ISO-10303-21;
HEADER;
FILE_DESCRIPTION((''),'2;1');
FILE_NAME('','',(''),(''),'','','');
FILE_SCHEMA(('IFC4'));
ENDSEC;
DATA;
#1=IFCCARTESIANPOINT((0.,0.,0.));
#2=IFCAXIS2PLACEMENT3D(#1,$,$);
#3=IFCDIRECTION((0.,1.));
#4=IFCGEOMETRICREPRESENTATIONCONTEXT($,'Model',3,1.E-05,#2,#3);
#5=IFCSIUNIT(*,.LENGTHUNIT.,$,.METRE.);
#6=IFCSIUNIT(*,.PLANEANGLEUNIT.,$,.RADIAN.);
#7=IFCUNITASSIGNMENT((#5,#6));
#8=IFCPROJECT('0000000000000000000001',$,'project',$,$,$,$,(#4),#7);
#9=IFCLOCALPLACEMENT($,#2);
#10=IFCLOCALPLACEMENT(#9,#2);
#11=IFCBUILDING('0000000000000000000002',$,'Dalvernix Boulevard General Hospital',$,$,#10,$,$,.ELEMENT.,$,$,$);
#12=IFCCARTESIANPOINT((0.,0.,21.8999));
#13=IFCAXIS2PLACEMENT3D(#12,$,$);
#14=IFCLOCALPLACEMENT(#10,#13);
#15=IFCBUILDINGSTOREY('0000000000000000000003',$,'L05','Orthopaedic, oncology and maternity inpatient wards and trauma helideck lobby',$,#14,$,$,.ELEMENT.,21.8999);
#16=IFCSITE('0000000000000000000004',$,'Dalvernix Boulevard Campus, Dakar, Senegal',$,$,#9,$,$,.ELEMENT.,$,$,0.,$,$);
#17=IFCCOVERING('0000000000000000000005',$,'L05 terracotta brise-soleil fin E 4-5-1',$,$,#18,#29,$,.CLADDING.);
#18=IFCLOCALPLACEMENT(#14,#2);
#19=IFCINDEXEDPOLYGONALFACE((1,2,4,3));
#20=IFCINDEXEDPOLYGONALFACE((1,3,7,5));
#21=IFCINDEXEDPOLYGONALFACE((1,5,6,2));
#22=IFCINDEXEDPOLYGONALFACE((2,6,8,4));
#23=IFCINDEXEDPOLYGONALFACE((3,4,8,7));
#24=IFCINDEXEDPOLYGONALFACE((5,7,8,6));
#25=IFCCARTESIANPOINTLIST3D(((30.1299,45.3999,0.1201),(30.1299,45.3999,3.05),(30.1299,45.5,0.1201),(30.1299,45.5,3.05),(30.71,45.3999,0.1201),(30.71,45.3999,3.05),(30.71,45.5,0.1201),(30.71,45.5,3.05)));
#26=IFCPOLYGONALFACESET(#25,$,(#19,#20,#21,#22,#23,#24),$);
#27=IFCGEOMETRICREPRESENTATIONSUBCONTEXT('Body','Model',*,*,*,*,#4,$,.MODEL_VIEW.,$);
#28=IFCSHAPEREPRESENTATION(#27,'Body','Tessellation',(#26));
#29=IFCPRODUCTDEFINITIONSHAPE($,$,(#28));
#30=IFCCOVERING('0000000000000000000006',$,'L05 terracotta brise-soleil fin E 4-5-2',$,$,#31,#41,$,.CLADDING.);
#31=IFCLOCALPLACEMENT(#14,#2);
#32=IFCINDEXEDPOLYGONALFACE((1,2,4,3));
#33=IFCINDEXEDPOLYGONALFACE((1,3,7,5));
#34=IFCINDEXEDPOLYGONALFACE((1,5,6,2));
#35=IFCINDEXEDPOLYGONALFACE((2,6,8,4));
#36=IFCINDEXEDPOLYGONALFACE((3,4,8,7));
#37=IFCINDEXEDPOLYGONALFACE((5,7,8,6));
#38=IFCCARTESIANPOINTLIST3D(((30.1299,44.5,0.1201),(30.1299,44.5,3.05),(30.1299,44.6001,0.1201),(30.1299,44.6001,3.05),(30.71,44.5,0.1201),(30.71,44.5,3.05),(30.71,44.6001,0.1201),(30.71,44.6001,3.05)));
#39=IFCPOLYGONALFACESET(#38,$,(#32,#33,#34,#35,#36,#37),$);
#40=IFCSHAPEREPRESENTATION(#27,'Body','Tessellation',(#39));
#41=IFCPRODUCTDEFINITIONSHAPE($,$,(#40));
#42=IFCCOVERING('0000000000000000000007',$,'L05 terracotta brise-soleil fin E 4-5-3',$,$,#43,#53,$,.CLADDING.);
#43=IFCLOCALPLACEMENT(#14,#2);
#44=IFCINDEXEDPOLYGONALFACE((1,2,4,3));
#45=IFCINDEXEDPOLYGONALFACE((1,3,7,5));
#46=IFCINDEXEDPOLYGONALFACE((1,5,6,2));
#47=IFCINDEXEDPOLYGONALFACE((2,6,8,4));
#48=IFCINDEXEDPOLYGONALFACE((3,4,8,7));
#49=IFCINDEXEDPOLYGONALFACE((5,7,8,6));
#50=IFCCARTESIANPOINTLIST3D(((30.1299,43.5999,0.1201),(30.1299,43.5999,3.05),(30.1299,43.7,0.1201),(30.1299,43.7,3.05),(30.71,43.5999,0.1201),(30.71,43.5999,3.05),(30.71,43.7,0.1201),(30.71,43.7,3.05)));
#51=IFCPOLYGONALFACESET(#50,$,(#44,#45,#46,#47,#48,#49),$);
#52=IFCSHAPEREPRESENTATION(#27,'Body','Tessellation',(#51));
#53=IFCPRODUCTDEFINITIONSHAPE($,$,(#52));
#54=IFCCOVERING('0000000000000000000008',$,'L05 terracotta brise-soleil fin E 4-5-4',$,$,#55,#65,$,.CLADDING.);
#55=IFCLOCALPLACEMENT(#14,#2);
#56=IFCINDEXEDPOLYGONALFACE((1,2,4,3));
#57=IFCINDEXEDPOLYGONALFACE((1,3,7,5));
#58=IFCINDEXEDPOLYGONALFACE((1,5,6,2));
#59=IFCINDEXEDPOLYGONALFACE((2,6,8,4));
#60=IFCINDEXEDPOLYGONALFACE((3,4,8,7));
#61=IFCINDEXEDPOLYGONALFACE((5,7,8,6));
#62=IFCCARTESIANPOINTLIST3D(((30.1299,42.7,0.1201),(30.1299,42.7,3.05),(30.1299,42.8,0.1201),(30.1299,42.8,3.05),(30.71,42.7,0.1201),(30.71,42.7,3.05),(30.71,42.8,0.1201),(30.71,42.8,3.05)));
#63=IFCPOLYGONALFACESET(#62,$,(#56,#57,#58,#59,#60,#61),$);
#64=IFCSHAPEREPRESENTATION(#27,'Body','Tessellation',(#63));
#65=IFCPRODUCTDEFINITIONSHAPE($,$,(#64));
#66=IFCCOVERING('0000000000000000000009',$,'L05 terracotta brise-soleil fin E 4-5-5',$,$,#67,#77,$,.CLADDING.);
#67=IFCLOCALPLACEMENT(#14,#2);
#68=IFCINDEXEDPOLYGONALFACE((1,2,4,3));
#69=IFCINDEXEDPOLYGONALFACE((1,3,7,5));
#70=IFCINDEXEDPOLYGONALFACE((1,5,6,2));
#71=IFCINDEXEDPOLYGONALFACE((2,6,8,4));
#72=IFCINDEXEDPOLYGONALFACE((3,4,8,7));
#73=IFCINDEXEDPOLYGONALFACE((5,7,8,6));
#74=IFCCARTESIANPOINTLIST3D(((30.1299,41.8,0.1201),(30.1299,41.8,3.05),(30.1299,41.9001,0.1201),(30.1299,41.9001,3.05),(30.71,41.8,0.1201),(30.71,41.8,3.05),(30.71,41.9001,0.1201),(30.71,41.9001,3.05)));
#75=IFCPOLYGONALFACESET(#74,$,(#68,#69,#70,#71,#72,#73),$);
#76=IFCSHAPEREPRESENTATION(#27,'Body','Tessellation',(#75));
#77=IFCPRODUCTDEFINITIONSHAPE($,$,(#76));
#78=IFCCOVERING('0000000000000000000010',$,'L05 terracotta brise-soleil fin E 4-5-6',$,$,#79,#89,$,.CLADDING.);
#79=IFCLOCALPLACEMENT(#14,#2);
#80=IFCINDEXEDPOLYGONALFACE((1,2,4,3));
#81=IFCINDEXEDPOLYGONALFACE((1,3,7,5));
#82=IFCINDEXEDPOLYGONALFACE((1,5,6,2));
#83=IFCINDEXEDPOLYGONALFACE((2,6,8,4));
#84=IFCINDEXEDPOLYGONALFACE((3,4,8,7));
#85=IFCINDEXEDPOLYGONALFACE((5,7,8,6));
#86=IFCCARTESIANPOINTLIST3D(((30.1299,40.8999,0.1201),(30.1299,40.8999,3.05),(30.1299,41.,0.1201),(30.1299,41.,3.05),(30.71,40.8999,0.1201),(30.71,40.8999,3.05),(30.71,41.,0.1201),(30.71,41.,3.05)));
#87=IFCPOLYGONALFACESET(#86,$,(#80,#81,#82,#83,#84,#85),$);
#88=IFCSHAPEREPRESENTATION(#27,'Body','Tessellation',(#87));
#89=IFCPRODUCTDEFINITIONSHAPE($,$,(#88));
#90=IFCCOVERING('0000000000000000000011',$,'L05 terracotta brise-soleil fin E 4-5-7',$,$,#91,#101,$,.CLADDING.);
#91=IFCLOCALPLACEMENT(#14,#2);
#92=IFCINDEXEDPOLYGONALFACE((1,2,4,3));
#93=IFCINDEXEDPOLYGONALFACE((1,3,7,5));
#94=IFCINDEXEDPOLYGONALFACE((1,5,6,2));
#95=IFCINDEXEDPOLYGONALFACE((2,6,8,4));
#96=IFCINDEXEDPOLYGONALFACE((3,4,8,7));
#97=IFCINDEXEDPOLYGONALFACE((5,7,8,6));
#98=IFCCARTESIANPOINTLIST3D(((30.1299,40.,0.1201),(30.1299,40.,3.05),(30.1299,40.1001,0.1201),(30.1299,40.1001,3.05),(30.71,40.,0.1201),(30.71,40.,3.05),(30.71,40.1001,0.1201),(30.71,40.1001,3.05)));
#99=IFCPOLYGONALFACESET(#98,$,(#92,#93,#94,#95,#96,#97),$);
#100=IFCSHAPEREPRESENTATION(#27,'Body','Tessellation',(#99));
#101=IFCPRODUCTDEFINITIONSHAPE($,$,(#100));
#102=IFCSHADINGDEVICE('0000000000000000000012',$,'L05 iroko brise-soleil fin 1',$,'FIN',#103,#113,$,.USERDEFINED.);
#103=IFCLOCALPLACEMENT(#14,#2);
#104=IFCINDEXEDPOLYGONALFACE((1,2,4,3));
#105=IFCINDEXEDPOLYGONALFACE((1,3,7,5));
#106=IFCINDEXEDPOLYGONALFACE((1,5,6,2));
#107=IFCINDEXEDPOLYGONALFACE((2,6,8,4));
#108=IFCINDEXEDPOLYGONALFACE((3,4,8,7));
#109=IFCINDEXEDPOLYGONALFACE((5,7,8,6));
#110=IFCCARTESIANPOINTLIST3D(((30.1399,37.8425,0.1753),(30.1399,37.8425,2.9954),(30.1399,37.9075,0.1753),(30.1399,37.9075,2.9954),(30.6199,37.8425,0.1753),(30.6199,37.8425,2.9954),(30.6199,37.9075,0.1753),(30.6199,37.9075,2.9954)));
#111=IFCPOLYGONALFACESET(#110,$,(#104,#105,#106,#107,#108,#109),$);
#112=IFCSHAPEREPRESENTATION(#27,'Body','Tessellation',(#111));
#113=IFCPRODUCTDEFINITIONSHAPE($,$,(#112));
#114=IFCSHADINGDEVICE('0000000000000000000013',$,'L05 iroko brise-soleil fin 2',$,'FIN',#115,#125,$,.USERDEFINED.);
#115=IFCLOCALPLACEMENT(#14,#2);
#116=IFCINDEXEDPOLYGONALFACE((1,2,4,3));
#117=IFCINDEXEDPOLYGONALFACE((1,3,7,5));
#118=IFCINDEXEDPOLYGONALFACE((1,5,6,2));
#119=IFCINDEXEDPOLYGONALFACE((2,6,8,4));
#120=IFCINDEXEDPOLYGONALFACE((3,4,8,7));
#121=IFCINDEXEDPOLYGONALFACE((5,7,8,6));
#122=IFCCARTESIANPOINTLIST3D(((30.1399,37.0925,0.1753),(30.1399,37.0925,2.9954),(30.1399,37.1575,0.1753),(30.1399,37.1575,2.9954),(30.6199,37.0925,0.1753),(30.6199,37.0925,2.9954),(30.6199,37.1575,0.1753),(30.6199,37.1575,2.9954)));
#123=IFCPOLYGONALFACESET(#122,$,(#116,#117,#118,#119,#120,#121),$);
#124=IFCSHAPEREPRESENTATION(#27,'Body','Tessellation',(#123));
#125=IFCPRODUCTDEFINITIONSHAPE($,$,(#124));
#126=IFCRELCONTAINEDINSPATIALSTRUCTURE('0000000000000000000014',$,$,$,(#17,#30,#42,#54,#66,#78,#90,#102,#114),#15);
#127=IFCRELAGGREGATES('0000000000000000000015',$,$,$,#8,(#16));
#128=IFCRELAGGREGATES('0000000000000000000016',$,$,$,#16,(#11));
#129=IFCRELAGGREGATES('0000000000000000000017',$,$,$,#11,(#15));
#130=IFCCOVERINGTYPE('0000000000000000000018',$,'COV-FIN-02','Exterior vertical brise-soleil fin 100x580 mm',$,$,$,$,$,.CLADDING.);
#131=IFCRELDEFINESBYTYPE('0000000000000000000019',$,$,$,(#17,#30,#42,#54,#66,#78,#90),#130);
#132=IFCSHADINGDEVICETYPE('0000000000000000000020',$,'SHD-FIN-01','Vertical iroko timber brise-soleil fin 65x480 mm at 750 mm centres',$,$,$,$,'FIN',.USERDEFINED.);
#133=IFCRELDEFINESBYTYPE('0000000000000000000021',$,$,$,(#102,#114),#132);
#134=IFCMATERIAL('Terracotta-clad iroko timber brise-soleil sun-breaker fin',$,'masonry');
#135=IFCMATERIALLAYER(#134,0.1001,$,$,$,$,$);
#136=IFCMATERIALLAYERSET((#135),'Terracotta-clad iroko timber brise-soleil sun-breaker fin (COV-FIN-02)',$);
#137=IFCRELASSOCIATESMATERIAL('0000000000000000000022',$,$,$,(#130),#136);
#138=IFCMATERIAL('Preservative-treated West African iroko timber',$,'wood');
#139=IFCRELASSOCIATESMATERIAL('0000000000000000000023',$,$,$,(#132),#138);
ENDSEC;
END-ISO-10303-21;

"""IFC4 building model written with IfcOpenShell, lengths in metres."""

from ifc_helpers import new_model, si_unit, direction, frame, origin, origin_2d, place, context, subcontext, project, spatial, rectangle, extrude, material, layer, layer_set, type_object, element, save


model = new_model("IFC4")

# Units and contexts
model_context = context("Model", 3, precision=1e-05, world=origin(), true_north=direction((0.0, 1.0)))
body_context = subcontext(model_context, "Body", "Model", "MODEL_VIEW")
ifc_project = project(units=[si_unit("LENGTHUNIT", "METRE"), si_unit("PLANEANGLEUNIT", "RADIAN")], contexts=[model_context])

# Site, building, storey
site_placement = place(None, origin())
site = spatial("IfcSite", under=ifc_project, at=site_placement, Name="Dalvernix Boulevard Campus, Dakar, Senegal", CompositionType="ELEMENT", RefElevation=0.0)
building_placement = place(site_placement, origin())
building = spatial("IfcBuilding", under=site, at=building_placement, Name="Dalvernix Boulevard General Hospital", CompositionType="ELEMENT")
storey_placement = place(building_placement, frame((0.0, 0.0, 21.8999)))
storey = spatial("IfcBuildingStorey", under=building, at=storey_placement, Name="L05", Description="Orthopaedic, oncology and maternity inpatient wards and trauma helideck lobby", CompositionType="ELEMENT", Elevation=21.8999)

# Coverings
ifc_material_1 = material(Name="Terracotta-clad iroko timber brise-soleil sun-breaker fin", Category="masonry")
ifc_layer_1 = layer(ifc_material_1, 0.1001)
ifc_layer_set_1 = layer_set([ifc_layer_1], Name="Terracotta-clad iroko timber brise-soleil sun-breaker fin (COV-FIN-02)")
covering_type_1 = type_object("IfcCoveringType", Name="COV-FIN-02", Description="Exterior vertical brise-soleil fin 100x580 mm", PredefinedType="CLADDING", material=ifc_layer_set_1)
for number, where, z_axis, x_axis, name in (
    (1, (30.4199, 45.45, 0.1201), (0.0, 0.0, 1.0), (0.0, -1.0, 0.0), "L05 terracotta brise-soleil fin E 4-5-1"),
    (2, (30.4199, 44.55, 0.1201), (0.0, 0.0, 1.0), (0.0, -1.0, 0.0), "L05 terracotta brise-soleil fin E 4-5-2"),
    (3, (30.4199, 43.6499, 0.1201), (0.0, 0.0, 1.0), (0.0, -1.0, 0.0), "L05 terracotta brise-soleil fin E 4-5-3"),
    (4, (30.4199, 42.75, 0.1201), (0.0, 0.0, 1.0), (0.0, -1.0, 0.0), "L05 terracotta brise-soleil fin E 4-5-4"),
    (5, (30.4199, 41.8501, 0.1201), (0.0, 0.0, 1.0), (0.0, -1.0, 0.0), "L05 terracotta brise-soleil fin E 4-5-5"),
    (6, (30.4199, 40.95, 0.1201), (0.0, 0.0, 1.0), (0.0, -1.0, 0.0), "L05 terracotta brise-soleil fin E 4-5-6"),
    (7, (30.4199, 40.05, 0.1201), (0.0, 0.0, 1.0), (0.0, -1.0, 0.0), "L05 terracotta brise-soleil fin E 4-5-7"),
):
    element("IfcCovering", number, at=place(storey_placement, frame(where, z_axis=z_axis, x_axis=x_axis)), inside=storey, type_object=covering_type_1, Name=name, PredefinedType="CLADDING", context=body_context, shape_type="SweptSolid", body=[
        extrude(rectangle(XDim=0.1001, YDim=0.5801, at=origin_2d()), origin(), (0.0, 0.0, 1.0), 2.9299),
    ])

# Shading devices
ifc_material_2 = material(Name="Preservative-treated West African iroko timber", Category="wood")
shading_device_type = type_object("IfcShadingDeviceType", Name="SHD-FIN-01", Description="Vertical iroko timber brise-soleil fin 65x480 mm at 750 mm centres", ElementType="FIN", PredefinedType="USERDEFINED", material=ifc_material_2)
for number, where, z_axis, x_axis, name in (
    (8, (30.3799, 37.875, 0.1753), (0.0, 0.0, 1.0), (0.0, -1.0, 0.0), "L05 iroko brise-soleil fin 1"),
    (9, (30.3799, 37.125, 0.1753), (0.0, 0.0, 1.0), (0.0, -1.0, 0.0), "L05 iroko brise-soleil fin 2"),
):
    element("IfcShadingDevice", number, at=place(storey_placement, frame(where, z_axis=z_axis, x_axis=x_axis)), inside=storey, type_object=shading_device_type, Name=name, ObjectType="FIN", PredefinedType="USERDEFINED", context=body_context, shape_type="SweptSolid", body=[
        extrude(rectangle(XDim=0.0649, YDim=0.48, at=origin_2d()), origin(), (0.0, 0.0, 1.0), 2.8201),
    ])

save(model, "model.ifc")
